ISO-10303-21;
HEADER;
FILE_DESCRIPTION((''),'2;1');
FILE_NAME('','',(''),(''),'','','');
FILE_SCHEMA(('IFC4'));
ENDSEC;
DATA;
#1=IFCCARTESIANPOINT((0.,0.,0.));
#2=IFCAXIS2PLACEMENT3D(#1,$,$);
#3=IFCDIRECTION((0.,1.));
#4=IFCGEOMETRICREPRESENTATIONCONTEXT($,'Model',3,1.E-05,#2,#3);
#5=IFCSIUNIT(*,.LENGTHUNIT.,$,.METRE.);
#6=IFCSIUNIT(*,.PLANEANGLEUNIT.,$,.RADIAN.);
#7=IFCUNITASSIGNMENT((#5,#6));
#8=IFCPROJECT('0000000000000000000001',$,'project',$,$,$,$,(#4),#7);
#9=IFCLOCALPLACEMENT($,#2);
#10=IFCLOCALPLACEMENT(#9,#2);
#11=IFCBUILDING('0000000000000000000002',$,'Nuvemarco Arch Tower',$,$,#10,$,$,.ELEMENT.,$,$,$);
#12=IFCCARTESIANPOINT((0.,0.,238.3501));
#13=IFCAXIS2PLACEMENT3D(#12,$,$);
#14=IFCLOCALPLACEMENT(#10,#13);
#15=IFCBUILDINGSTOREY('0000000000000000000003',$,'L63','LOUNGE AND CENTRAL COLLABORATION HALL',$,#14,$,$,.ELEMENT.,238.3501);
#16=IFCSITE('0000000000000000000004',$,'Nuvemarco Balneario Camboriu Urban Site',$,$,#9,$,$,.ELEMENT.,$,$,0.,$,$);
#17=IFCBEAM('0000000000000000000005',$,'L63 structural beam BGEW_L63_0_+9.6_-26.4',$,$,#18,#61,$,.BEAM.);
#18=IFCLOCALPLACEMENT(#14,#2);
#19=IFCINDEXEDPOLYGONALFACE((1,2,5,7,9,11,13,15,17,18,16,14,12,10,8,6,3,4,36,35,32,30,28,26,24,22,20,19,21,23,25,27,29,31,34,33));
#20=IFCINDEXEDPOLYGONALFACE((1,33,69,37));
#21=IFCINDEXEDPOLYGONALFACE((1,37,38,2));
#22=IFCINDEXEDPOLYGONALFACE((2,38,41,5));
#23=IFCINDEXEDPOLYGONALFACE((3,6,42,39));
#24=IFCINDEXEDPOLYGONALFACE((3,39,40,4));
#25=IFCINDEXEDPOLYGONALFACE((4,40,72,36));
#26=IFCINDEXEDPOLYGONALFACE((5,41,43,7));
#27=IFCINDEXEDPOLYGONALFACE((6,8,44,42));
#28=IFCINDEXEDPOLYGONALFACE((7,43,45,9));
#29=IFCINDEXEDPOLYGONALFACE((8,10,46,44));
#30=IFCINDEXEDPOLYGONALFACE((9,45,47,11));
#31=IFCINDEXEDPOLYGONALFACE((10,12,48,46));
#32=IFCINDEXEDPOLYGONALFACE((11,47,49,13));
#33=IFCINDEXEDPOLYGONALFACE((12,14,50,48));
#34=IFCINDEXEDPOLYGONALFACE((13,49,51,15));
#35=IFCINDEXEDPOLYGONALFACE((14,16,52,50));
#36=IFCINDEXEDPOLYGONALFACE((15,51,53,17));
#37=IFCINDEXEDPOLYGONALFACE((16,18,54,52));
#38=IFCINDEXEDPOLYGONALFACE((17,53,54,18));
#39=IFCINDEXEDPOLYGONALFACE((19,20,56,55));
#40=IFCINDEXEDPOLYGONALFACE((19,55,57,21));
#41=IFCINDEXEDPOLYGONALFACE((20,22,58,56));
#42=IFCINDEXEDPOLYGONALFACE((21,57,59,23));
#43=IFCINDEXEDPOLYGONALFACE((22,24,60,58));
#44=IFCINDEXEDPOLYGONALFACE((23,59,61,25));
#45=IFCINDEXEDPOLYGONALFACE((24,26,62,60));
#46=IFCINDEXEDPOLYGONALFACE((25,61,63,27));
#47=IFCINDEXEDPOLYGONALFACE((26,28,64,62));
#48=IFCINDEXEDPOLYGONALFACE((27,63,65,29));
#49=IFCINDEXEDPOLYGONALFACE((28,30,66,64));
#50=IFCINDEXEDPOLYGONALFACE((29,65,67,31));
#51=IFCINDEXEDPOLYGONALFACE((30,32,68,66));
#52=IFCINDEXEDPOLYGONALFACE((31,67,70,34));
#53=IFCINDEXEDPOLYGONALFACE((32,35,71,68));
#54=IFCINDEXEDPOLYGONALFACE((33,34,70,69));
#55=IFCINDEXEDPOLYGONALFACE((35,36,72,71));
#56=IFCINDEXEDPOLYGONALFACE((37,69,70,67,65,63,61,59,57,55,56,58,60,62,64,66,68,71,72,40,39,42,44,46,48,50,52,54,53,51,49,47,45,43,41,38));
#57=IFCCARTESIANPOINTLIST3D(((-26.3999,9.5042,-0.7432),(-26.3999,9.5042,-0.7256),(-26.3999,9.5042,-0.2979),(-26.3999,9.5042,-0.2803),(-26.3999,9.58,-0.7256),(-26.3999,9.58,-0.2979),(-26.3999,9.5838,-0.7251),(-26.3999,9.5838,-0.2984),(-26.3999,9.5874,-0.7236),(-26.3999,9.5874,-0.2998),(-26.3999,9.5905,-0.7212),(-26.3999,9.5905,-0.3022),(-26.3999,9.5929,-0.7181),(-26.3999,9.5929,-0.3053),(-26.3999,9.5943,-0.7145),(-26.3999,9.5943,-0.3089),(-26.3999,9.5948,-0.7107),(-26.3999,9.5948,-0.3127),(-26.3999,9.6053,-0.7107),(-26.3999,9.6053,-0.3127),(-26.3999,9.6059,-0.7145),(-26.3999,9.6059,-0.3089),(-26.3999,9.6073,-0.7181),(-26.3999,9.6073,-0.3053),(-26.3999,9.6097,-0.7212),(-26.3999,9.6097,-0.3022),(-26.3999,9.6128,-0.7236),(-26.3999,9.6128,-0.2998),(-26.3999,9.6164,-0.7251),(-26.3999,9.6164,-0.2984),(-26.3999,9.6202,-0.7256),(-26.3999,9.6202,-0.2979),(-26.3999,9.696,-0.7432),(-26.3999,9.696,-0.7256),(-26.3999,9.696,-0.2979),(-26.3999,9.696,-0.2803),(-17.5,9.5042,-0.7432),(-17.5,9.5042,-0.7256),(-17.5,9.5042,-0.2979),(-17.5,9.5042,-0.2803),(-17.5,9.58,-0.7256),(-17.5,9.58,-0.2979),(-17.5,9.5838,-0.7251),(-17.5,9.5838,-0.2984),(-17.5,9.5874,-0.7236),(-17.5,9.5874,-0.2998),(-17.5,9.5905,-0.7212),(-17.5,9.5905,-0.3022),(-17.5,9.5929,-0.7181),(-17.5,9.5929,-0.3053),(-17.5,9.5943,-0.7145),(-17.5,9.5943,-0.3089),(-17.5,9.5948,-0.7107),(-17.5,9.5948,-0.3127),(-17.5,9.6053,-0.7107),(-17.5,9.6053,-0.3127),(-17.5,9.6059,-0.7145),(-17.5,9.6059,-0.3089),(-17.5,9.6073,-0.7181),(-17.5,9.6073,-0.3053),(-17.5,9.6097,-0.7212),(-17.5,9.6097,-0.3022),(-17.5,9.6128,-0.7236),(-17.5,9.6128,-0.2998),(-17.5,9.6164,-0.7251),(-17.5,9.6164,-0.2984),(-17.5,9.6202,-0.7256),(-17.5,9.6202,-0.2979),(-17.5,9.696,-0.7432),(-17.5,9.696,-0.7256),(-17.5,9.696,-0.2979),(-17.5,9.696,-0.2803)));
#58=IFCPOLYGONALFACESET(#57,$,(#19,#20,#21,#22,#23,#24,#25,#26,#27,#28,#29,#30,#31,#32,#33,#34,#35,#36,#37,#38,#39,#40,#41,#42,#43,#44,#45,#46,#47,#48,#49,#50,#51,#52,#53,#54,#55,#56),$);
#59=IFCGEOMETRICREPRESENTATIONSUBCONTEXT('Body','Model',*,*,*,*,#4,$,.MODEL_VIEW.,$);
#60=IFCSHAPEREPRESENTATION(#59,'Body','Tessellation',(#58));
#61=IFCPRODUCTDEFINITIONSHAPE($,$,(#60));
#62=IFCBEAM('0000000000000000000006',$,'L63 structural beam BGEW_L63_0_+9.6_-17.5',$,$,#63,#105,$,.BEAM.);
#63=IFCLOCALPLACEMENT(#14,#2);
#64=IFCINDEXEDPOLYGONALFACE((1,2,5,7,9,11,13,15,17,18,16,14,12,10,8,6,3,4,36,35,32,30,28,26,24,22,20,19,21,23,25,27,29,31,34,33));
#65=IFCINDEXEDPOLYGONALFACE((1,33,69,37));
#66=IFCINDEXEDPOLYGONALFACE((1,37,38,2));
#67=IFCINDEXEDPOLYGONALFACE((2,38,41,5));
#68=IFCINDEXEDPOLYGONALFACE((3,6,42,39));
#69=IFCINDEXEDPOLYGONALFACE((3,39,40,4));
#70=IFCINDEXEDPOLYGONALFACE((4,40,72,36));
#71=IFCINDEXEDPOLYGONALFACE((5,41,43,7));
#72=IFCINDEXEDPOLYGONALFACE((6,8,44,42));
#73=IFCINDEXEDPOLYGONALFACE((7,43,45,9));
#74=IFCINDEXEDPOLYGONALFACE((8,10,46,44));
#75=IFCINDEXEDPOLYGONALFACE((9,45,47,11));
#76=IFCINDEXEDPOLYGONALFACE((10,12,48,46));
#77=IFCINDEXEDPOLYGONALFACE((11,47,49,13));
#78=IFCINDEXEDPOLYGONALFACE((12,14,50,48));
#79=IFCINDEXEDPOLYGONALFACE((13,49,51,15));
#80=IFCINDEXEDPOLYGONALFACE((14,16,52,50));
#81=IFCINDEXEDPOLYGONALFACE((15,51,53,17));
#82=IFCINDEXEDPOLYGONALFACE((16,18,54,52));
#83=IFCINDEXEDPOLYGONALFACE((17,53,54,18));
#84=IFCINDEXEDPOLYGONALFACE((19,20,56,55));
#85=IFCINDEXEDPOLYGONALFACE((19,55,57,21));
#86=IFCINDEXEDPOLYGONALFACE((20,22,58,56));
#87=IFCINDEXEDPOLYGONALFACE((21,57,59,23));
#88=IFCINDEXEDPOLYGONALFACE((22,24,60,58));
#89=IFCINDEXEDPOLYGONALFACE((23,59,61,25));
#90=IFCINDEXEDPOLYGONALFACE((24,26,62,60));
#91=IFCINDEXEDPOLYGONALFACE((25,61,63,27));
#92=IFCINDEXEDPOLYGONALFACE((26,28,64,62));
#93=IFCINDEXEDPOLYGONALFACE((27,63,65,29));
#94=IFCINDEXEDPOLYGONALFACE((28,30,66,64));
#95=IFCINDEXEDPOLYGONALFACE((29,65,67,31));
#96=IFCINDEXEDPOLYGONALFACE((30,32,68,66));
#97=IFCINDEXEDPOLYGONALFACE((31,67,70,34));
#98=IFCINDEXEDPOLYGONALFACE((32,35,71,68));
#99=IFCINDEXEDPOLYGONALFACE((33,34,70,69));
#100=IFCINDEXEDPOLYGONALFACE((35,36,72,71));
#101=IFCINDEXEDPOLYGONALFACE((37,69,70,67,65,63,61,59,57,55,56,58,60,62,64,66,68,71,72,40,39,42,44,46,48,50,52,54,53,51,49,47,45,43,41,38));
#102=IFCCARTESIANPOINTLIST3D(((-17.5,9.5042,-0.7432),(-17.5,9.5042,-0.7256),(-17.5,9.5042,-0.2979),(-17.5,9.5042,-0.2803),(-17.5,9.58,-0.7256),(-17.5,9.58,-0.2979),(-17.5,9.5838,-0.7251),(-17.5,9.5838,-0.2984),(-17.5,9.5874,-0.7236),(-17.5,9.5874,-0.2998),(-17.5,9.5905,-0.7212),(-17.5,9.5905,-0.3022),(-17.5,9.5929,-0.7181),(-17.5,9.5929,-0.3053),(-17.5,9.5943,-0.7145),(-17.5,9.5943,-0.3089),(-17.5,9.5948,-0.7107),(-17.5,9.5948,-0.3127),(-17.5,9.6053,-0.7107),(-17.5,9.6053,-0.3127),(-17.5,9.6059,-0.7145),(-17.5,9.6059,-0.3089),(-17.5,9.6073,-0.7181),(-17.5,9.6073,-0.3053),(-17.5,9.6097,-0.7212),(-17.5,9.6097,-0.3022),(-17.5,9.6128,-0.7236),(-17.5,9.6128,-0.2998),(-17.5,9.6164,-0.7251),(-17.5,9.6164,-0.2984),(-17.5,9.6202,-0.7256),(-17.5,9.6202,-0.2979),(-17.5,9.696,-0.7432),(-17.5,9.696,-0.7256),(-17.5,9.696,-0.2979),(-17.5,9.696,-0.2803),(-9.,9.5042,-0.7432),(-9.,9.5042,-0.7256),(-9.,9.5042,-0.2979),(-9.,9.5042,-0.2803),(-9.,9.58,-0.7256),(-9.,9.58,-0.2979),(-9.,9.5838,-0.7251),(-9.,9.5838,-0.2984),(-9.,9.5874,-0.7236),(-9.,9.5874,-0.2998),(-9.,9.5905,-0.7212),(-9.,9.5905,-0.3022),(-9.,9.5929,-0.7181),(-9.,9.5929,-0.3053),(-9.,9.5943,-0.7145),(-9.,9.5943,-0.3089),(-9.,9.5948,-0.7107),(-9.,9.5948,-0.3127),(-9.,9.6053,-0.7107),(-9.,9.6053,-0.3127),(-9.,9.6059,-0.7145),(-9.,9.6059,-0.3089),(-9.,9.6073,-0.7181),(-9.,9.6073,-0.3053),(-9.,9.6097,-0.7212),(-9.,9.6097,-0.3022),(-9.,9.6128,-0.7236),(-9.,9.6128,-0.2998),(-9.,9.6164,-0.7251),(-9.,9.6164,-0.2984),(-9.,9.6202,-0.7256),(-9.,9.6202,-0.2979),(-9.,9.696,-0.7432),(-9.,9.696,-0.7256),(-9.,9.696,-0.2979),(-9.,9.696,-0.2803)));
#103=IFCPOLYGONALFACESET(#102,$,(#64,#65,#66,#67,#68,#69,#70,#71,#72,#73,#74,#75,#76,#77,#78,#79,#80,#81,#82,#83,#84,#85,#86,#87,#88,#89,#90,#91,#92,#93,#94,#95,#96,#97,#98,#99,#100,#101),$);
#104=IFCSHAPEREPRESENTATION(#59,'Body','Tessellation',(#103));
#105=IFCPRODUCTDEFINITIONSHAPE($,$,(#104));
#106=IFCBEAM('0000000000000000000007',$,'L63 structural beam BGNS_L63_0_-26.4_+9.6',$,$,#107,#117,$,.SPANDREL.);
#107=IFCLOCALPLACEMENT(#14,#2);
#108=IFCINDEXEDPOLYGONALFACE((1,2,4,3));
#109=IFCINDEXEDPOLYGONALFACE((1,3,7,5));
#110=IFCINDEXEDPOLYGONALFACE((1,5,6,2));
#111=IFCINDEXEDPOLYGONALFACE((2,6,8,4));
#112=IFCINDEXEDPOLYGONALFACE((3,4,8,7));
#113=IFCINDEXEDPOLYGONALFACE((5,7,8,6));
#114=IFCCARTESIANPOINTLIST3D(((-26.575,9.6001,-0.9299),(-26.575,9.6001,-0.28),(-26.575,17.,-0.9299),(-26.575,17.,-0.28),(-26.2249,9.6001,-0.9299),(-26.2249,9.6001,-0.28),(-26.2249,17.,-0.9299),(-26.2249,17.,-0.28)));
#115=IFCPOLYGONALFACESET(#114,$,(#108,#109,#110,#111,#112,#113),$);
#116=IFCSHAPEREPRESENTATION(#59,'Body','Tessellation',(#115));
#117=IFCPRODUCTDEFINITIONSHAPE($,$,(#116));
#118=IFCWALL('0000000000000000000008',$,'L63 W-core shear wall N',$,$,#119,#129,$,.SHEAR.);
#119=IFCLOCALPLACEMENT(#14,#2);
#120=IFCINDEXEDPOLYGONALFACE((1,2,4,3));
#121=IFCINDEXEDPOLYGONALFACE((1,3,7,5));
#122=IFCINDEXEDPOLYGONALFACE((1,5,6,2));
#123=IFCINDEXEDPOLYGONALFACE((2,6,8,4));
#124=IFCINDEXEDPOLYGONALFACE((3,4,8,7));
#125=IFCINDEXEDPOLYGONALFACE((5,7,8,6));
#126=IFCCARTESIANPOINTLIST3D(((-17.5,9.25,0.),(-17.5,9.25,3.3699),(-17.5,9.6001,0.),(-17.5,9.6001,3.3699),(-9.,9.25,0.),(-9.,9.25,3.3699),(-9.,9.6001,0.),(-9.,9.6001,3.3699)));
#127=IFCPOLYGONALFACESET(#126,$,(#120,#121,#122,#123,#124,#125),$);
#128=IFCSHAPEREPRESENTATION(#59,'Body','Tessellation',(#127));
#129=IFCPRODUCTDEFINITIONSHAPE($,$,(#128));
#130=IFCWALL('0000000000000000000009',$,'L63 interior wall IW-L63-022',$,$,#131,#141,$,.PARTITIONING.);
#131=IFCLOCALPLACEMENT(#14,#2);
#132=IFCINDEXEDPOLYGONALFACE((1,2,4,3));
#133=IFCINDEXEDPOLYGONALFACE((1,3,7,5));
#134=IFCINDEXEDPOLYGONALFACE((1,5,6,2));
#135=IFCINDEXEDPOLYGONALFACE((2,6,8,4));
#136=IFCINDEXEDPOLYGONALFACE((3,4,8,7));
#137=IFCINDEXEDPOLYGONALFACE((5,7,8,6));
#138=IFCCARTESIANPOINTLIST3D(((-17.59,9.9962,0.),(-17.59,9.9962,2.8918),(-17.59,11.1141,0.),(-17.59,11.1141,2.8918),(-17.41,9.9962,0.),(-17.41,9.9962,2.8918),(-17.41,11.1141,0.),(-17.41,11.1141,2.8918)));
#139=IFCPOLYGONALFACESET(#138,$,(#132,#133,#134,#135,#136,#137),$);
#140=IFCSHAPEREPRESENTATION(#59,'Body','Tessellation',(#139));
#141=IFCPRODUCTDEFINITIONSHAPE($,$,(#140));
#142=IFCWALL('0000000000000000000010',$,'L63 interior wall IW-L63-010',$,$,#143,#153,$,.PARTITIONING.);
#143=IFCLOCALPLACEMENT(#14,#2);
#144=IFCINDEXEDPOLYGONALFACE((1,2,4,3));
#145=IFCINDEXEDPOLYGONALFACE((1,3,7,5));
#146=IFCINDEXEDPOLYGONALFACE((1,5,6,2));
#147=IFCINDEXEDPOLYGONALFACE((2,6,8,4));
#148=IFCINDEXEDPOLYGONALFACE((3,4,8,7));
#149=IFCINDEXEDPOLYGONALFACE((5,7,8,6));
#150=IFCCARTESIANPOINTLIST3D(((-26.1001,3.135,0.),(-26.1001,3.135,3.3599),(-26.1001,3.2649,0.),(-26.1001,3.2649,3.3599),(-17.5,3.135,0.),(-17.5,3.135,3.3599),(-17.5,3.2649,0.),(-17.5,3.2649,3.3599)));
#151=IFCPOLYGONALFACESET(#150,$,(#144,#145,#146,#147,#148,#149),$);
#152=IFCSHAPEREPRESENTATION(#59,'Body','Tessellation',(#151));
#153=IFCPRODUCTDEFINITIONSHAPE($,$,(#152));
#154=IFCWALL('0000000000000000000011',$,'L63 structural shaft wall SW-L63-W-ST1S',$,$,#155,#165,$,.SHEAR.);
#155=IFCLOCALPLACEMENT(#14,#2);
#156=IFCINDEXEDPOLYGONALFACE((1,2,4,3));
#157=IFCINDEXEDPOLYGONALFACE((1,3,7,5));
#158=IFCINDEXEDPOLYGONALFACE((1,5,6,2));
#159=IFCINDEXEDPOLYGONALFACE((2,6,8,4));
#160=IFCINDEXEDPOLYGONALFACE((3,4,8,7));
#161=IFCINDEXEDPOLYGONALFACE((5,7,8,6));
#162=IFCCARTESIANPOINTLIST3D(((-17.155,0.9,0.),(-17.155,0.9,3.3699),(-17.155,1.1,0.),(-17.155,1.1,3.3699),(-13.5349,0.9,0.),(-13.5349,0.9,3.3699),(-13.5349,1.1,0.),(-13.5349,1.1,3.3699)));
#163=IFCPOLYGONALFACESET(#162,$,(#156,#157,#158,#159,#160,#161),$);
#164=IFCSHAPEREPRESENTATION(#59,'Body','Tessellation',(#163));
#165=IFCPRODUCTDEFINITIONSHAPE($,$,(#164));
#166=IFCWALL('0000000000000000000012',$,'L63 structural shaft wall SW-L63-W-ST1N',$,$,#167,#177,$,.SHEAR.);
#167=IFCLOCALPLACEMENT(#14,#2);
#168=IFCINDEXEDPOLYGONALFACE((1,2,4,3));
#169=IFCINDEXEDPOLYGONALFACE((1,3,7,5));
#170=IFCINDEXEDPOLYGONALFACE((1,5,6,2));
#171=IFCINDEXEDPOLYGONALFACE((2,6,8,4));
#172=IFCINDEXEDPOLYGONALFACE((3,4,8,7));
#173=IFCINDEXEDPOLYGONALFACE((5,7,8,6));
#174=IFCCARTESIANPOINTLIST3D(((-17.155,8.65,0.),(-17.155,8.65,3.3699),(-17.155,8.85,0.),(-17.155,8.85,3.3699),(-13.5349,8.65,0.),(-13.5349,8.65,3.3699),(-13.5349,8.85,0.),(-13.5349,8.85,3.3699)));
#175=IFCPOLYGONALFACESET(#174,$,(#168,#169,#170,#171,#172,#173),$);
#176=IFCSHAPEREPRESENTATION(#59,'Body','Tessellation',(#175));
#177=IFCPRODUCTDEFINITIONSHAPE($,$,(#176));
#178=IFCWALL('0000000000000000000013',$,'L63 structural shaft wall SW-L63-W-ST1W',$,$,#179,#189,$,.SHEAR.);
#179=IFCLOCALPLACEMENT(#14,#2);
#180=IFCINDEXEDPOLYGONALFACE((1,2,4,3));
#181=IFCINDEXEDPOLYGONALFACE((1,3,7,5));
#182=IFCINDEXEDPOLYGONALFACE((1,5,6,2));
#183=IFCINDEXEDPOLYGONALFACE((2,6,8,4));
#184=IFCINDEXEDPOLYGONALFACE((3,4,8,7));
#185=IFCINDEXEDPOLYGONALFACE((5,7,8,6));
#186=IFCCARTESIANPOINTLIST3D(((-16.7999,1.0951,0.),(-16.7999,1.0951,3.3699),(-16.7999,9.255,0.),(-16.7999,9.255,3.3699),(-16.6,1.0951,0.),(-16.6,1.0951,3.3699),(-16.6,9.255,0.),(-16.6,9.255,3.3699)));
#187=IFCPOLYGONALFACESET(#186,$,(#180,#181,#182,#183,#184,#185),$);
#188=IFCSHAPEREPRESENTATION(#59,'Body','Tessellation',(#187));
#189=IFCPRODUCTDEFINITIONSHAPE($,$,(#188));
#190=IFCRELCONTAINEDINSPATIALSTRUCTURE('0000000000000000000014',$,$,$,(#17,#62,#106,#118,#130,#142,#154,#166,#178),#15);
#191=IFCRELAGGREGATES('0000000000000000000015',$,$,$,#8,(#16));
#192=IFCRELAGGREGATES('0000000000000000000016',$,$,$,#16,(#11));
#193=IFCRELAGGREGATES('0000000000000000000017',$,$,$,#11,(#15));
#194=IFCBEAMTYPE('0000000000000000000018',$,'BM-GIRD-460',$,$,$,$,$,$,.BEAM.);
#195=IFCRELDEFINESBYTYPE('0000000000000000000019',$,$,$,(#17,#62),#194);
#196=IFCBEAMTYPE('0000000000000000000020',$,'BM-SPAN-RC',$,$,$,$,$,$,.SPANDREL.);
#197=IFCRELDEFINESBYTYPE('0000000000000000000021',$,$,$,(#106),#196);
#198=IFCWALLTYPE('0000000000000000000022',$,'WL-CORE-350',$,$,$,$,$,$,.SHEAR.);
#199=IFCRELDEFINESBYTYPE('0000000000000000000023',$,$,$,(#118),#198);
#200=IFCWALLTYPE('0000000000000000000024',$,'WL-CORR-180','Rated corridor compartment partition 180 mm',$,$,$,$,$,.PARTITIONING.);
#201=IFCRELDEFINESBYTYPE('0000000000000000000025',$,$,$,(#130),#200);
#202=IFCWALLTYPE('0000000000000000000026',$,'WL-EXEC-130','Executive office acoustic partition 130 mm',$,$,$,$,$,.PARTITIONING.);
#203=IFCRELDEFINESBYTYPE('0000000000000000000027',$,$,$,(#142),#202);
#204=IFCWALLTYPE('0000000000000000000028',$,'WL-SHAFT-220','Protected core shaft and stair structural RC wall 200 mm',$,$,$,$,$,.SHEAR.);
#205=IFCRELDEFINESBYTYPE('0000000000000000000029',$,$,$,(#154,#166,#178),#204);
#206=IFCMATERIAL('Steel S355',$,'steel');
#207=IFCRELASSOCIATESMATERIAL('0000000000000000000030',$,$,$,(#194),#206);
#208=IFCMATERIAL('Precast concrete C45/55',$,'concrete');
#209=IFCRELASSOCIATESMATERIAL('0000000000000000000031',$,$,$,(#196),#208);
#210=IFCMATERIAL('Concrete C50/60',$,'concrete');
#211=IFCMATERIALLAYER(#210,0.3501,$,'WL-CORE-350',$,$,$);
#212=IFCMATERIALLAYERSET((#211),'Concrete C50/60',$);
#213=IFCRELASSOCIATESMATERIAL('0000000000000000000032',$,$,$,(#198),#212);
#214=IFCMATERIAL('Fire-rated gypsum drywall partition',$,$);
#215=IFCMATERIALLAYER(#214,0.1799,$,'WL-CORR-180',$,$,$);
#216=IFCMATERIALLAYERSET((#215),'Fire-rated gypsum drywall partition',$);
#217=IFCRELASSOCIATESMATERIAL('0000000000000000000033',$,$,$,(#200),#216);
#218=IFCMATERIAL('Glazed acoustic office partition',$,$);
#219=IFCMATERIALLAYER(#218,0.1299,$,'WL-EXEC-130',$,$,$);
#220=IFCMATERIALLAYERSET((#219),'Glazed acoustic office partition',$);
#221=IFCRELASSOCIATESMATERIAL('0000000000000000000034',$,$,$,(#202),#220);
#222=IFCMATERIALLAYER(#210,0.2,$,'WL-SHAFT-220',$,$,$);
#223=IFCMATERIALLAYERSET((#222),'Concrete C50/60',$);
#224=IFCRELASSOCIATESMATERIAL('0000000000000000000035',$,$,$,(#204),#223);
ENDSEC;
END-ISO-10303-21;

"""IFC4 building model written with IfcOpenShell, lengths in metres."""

from ifc_helpers import new_model, si_unit, direction, frame, frame_2d, origin, origin_2d, place, context, subcontext, project, spatial, rectangle, i_section, extrude, material, layer, layer_set, material_profile, profile_set, type_object, element, save


model = new_model("IFC4")

# Units and contexts
model_context = context("Model", 3, precision=1e-05, world=origin(), true_north=direction((0.0, 1.0)))
body_context = subcontext(model_context, "Body", "Model", "MODEL_VIEW")
ifc_project = project(units=[si_unit("LENGTHUNIT", "METRE"), si_unit("PLANEANGLEUNIT", "RADIAN")], contexts=[model_context])

# Site, building, storey
site_placement = place(None, origin())
site = spatial("IfcSite", under=ifc_project, at=site_placement, Name="Nuvemarco Balneario Camboriu Urban Site", CompositionType="ELEMENT", RefElevation=0.0)
building_placement = place(site_placement, origin())
building = spatial("IfcBuilding", under=site, at=building_placement, Name="Nuvemarco Arch Tower", CompositionType="ELEMENT")
storey_placement = place(building_placement, frame((0.0, 0.0, 238.3501)))
storey = spatial("IfcBuildingStorey", under=building, at=storey_placement, Name="L63", Description="LOUNGE AND CENTRAL COLLABORATION HALL", CompositionType="ELEMENT", Elevation=238.3501)

# Shared definitions
ifc_material_1 = material(Name="Concrete C50/60", Category="concrete")
ifc_material_2 = material(Name="Steel S355", Category="steel")

# Beams
ifc_material_profile_1 = material_profile(ifc_material_2, i_section(OverallWidth=0.1919, OverallDepth=0.4629, WebThickness=0.0105, FlangeThickness=0.0176, FilletRadius=0.0149, at=origin_2d()), Name="W460x89")
ifc_profile_set_1 = profile_set([ifc_material_profile_1], Name="Steel S355")
beam_type_1 = type_object("IfcBeamType", Name="BM-GIRD-460", PredefinedType="BEAM", material=ifc_profile_set_1)
beam_1_placement = place(storey_placement, frame((-26.3999, 9.6001, -0.5117), z_axis=(1.0, 0.0, 0.0), x_axis=(0.0, 1.0, 0.0)))
element("IfcBeam", 1, at=beam_1_placement, inside=storey, type_object=beam_type_1, Name="L63 structural beam BGEW_L63_0_+9.6_-26.4", PredefinedType="BEAM", context=body_context, shape_type="SweptSolid", body=[
    extrude(i_section(OverallWidth=0.1919, OverallDepth=0.4629, WebThickness=0.0105, FlangeThickness=0.0176, FilletRadius=0.0149, at=origin_2d()), origin(), (0.0, 0.0, 1.0), 8.8999),
])
beam_2_placement = place(storey_placement, frame((-17.5, 9.6001, -0.5117), z_axis=(1.0, 0.0, 0.0), x_axis=(0.0, 1.0, 0.0)))
element("IfcBeam", 2, at=beam_2_placement, inside=storey, type_object=beam_type_1, Name="L63 structural beam BGEW_L63_0_+9.6_-17.5", PredefinedType="BEAM", context=body_context, shape_type="SweptSolid", body=[
    extrude(i_section(OverallWidth=0.1919, OverallDepth=0.4629, WebThickness=0.0105, FlangeThickness=0.0176, FilletRadius=0.0149, at=origin_2d()), origin(), (0.0, 0.0, 1.0), 8.5),
])
ifc_material_3 = material(Name="Precast concrete C45/55", Category="concrete")
ifc_material_profile_2 = material_profile(ifc_material_3, rectangle(XDim=0.3501, YDim=0.6499, at=origin_2d()), Name="PC-SP-350x650")
ifc_profile_set_2 = profile_set([ifc_material_profile_2], Name="Precast concrete C45/55")
beam_type_2 = type_object("IfcBeamType", Name="BM-SPAN-RC", PredefinedType="SPANDREL", material=ifc_profile_set_2)
beam_3_placement = place(storey_placement, frame((-26.3999, 9.6001, -0.605), z_axis=(0.0, 1.0, 0.0), x_axis=(-1.0, 0.0, 0.0)))
element("IfcBeam", 3, at=beam_3_placement, inside=storey, type_object=beam_type_2, Name="L63 structural beam BGNS_L63_0_-26.4_+9.6", PredefinedType="SPANDREL", context=body_context, shape_type="SweptSolid", body=[
    extrude(rectangle(XDim=0.3501, YDim=0.6499, at=origin_2d()), origin(), (0.0, 0.0, 1.0), 7.3999),
])

# Walls
ifc_layer_1 = layer(ifc_material_1, 0.3501, Name="WL-CORE-350")
ifc_layer_set_1 = layer_set([ifc_layer_1], Name="Concrete C50/60")
wall_type_1 = type_object("IfcWallType", Name="WL-CORE-350", PredefinedType="SHEAR", material=ifc_layer_set_1)
wall_1_placement = place(storey_placement, frame((-17.5, 9.425, 0.0), z_axis=(0.0, 0.0, 1.0), x_axis=(1.0, 0.0, 0.0)))
element("IfcWall", 4, at=wall_1_placement, inside=storey, type_object=wall_type_1, Name="L63 W-core shear wall N", PredefinedType="SHEAR", context=body_context, shape_type="SweptSolid", body=[
    extrude(rectangle(XDim=8.5, YDim=0.3501, at=frame_2d((4.25, 0.0))), origin(), (0.0, 0.0, 1.0), 3.3699),
])
ifc_material_4 = material(Name="Fire-rated gypsum drywall partition")
ifc_layer_2 = layer(ifc_material_4, 0.1799, Name="WL-CORR-180")
ifc_layer_set_2 = layer_set([ifc_layer_2], Name="Fire-rated gypsum drywall partition")
wall_type_2 = type_object("IfcWallType", Name="WL-CORR-180", Description="Rated corridor compartment partition 180 mm", PredefinedType="PARTITIONING", material=ifc_layer_set_2)
wall_2_placement = place(storey_placement, frame((-17.5, 9.9961, 0.0), z_axis=(0.0, 0.0, 1.0), x_axis=(0.0, 1.0, 0.0)))
element("IfcWall", 5, at=wall_2_placement, inside=storey, type_object=wall_type_2, Name="L63 interior wall IW-L63-022", PredefinedType="PARTITIONING", context=body_context, shape_type="SweptSolid", body=[
    extrude(rectangle(XDim=1.1179, YDim=0.1799, at=frame_2d((0.5591, 0.0))), origin(), (0.0, 0.0, 1.0), 2.8918),
])
ifc_material_5 = material(Name="Glazed acoustic office partition")
ifc_layer_3 = layer(ifc_material_5, 0.1299, Name="WL-EXEC-130")
ifc_layer_set_3 = layer_set([ifc_layer_3], Name="Glazed acoustic office partition")
wall_type_3 = type_object("IfcWallType", Name="WL-EXEC-130", Description="Executive office acoustic partition 130 mm", PredefinedType="PARTITIONING", material=ifc_layer_set_3)
wall_3_placement = place(storey_placement, frame((-26.1001, 3.2, 0.0), z_axis=(0.0, 0.0, 1.0), x_axis=(1.0, 0.0, 0.0)))
element("IfcWall", 6, at=wall_3_placement, inside=storey, type_object=wall_type_3, Name="L63 interior wall IW-L63-010", PredefinedType="PARTITIONING", context=body_context, shape_type="SweptSolid", body=[
    extrude(rectangle(XDim=8.6001, YDim=0.1299, at=frame_2d((4.3, 0.0))), origin(), (0.0, 0.0, 1.0), 3.3599),
])
ifc_layer_4 = layer(ifc_material_1, 0.2, Name="WL-SHAFT-220")
ifc_layer_set_4 = layer_set([ifc_layer_4], Name="Concrete C50/60")
wall_type_4 = type_object("IfcWallType", Name="WL-SHAFT-220", Description="Protected core shaft and stair structural RC wall 200 mm", PredefinedType="SHEAR", material=ifc_layer_set_4)
for number, where, z_axis, x_axis, name in (
    (7, (-17.155, 1.0, 0.0), (0.0, 0.0, 1.0), (1.0, 0.0, 0.0), "L63 structural shaft wall SW-L63-W-ST1S"),
    (8, (-17.155, 8.75, 0.0), (0.0, 0.0, 1.0), (1.0, 0.0, 0.0), "L63 structural shaft wall SW-L63-W-ST1N"),
):
    element("IfcWall", number, at=place(storey_placement, frame(where, z_axis=z_axis, x_axis=x_axis)), inside=storey, type_object=wall_type_4, Name=name, PredefinedType="SHEAR", context=body_context, shape_type="SweptSolid", body=[
        extrude(rectangle(XDim=3.6201, YDim=0.2, at=frame_2d((1.8101, 0.0))), origin(), (0.0, 0.0, 1.0), 3.3699),
    ])
wall_4_placement = place(storey_placement, frame((-16.7, 1.095, 0.0), z_axis=(0.0, 0.0, 1.0), x_axis=(0.0, 1.0, 0.0)))
element("IfcWall", 9, at=wall_4_placement, inside=storey, type_object=wall_type_4, Name="L63 structural shaft wall SW-L63-W-ST1W", PredefinedType="SHEAR", context=body_context, shape_type="SweptSolid", body=[
    extrude(rectangle(XDim=8.1599, YDim=0.2, at=frame_2d((4.0801, 0.0))), origin(), (0.0, 0.0, 1.0), 3.3699),
])

save(model, "model.ifc")
